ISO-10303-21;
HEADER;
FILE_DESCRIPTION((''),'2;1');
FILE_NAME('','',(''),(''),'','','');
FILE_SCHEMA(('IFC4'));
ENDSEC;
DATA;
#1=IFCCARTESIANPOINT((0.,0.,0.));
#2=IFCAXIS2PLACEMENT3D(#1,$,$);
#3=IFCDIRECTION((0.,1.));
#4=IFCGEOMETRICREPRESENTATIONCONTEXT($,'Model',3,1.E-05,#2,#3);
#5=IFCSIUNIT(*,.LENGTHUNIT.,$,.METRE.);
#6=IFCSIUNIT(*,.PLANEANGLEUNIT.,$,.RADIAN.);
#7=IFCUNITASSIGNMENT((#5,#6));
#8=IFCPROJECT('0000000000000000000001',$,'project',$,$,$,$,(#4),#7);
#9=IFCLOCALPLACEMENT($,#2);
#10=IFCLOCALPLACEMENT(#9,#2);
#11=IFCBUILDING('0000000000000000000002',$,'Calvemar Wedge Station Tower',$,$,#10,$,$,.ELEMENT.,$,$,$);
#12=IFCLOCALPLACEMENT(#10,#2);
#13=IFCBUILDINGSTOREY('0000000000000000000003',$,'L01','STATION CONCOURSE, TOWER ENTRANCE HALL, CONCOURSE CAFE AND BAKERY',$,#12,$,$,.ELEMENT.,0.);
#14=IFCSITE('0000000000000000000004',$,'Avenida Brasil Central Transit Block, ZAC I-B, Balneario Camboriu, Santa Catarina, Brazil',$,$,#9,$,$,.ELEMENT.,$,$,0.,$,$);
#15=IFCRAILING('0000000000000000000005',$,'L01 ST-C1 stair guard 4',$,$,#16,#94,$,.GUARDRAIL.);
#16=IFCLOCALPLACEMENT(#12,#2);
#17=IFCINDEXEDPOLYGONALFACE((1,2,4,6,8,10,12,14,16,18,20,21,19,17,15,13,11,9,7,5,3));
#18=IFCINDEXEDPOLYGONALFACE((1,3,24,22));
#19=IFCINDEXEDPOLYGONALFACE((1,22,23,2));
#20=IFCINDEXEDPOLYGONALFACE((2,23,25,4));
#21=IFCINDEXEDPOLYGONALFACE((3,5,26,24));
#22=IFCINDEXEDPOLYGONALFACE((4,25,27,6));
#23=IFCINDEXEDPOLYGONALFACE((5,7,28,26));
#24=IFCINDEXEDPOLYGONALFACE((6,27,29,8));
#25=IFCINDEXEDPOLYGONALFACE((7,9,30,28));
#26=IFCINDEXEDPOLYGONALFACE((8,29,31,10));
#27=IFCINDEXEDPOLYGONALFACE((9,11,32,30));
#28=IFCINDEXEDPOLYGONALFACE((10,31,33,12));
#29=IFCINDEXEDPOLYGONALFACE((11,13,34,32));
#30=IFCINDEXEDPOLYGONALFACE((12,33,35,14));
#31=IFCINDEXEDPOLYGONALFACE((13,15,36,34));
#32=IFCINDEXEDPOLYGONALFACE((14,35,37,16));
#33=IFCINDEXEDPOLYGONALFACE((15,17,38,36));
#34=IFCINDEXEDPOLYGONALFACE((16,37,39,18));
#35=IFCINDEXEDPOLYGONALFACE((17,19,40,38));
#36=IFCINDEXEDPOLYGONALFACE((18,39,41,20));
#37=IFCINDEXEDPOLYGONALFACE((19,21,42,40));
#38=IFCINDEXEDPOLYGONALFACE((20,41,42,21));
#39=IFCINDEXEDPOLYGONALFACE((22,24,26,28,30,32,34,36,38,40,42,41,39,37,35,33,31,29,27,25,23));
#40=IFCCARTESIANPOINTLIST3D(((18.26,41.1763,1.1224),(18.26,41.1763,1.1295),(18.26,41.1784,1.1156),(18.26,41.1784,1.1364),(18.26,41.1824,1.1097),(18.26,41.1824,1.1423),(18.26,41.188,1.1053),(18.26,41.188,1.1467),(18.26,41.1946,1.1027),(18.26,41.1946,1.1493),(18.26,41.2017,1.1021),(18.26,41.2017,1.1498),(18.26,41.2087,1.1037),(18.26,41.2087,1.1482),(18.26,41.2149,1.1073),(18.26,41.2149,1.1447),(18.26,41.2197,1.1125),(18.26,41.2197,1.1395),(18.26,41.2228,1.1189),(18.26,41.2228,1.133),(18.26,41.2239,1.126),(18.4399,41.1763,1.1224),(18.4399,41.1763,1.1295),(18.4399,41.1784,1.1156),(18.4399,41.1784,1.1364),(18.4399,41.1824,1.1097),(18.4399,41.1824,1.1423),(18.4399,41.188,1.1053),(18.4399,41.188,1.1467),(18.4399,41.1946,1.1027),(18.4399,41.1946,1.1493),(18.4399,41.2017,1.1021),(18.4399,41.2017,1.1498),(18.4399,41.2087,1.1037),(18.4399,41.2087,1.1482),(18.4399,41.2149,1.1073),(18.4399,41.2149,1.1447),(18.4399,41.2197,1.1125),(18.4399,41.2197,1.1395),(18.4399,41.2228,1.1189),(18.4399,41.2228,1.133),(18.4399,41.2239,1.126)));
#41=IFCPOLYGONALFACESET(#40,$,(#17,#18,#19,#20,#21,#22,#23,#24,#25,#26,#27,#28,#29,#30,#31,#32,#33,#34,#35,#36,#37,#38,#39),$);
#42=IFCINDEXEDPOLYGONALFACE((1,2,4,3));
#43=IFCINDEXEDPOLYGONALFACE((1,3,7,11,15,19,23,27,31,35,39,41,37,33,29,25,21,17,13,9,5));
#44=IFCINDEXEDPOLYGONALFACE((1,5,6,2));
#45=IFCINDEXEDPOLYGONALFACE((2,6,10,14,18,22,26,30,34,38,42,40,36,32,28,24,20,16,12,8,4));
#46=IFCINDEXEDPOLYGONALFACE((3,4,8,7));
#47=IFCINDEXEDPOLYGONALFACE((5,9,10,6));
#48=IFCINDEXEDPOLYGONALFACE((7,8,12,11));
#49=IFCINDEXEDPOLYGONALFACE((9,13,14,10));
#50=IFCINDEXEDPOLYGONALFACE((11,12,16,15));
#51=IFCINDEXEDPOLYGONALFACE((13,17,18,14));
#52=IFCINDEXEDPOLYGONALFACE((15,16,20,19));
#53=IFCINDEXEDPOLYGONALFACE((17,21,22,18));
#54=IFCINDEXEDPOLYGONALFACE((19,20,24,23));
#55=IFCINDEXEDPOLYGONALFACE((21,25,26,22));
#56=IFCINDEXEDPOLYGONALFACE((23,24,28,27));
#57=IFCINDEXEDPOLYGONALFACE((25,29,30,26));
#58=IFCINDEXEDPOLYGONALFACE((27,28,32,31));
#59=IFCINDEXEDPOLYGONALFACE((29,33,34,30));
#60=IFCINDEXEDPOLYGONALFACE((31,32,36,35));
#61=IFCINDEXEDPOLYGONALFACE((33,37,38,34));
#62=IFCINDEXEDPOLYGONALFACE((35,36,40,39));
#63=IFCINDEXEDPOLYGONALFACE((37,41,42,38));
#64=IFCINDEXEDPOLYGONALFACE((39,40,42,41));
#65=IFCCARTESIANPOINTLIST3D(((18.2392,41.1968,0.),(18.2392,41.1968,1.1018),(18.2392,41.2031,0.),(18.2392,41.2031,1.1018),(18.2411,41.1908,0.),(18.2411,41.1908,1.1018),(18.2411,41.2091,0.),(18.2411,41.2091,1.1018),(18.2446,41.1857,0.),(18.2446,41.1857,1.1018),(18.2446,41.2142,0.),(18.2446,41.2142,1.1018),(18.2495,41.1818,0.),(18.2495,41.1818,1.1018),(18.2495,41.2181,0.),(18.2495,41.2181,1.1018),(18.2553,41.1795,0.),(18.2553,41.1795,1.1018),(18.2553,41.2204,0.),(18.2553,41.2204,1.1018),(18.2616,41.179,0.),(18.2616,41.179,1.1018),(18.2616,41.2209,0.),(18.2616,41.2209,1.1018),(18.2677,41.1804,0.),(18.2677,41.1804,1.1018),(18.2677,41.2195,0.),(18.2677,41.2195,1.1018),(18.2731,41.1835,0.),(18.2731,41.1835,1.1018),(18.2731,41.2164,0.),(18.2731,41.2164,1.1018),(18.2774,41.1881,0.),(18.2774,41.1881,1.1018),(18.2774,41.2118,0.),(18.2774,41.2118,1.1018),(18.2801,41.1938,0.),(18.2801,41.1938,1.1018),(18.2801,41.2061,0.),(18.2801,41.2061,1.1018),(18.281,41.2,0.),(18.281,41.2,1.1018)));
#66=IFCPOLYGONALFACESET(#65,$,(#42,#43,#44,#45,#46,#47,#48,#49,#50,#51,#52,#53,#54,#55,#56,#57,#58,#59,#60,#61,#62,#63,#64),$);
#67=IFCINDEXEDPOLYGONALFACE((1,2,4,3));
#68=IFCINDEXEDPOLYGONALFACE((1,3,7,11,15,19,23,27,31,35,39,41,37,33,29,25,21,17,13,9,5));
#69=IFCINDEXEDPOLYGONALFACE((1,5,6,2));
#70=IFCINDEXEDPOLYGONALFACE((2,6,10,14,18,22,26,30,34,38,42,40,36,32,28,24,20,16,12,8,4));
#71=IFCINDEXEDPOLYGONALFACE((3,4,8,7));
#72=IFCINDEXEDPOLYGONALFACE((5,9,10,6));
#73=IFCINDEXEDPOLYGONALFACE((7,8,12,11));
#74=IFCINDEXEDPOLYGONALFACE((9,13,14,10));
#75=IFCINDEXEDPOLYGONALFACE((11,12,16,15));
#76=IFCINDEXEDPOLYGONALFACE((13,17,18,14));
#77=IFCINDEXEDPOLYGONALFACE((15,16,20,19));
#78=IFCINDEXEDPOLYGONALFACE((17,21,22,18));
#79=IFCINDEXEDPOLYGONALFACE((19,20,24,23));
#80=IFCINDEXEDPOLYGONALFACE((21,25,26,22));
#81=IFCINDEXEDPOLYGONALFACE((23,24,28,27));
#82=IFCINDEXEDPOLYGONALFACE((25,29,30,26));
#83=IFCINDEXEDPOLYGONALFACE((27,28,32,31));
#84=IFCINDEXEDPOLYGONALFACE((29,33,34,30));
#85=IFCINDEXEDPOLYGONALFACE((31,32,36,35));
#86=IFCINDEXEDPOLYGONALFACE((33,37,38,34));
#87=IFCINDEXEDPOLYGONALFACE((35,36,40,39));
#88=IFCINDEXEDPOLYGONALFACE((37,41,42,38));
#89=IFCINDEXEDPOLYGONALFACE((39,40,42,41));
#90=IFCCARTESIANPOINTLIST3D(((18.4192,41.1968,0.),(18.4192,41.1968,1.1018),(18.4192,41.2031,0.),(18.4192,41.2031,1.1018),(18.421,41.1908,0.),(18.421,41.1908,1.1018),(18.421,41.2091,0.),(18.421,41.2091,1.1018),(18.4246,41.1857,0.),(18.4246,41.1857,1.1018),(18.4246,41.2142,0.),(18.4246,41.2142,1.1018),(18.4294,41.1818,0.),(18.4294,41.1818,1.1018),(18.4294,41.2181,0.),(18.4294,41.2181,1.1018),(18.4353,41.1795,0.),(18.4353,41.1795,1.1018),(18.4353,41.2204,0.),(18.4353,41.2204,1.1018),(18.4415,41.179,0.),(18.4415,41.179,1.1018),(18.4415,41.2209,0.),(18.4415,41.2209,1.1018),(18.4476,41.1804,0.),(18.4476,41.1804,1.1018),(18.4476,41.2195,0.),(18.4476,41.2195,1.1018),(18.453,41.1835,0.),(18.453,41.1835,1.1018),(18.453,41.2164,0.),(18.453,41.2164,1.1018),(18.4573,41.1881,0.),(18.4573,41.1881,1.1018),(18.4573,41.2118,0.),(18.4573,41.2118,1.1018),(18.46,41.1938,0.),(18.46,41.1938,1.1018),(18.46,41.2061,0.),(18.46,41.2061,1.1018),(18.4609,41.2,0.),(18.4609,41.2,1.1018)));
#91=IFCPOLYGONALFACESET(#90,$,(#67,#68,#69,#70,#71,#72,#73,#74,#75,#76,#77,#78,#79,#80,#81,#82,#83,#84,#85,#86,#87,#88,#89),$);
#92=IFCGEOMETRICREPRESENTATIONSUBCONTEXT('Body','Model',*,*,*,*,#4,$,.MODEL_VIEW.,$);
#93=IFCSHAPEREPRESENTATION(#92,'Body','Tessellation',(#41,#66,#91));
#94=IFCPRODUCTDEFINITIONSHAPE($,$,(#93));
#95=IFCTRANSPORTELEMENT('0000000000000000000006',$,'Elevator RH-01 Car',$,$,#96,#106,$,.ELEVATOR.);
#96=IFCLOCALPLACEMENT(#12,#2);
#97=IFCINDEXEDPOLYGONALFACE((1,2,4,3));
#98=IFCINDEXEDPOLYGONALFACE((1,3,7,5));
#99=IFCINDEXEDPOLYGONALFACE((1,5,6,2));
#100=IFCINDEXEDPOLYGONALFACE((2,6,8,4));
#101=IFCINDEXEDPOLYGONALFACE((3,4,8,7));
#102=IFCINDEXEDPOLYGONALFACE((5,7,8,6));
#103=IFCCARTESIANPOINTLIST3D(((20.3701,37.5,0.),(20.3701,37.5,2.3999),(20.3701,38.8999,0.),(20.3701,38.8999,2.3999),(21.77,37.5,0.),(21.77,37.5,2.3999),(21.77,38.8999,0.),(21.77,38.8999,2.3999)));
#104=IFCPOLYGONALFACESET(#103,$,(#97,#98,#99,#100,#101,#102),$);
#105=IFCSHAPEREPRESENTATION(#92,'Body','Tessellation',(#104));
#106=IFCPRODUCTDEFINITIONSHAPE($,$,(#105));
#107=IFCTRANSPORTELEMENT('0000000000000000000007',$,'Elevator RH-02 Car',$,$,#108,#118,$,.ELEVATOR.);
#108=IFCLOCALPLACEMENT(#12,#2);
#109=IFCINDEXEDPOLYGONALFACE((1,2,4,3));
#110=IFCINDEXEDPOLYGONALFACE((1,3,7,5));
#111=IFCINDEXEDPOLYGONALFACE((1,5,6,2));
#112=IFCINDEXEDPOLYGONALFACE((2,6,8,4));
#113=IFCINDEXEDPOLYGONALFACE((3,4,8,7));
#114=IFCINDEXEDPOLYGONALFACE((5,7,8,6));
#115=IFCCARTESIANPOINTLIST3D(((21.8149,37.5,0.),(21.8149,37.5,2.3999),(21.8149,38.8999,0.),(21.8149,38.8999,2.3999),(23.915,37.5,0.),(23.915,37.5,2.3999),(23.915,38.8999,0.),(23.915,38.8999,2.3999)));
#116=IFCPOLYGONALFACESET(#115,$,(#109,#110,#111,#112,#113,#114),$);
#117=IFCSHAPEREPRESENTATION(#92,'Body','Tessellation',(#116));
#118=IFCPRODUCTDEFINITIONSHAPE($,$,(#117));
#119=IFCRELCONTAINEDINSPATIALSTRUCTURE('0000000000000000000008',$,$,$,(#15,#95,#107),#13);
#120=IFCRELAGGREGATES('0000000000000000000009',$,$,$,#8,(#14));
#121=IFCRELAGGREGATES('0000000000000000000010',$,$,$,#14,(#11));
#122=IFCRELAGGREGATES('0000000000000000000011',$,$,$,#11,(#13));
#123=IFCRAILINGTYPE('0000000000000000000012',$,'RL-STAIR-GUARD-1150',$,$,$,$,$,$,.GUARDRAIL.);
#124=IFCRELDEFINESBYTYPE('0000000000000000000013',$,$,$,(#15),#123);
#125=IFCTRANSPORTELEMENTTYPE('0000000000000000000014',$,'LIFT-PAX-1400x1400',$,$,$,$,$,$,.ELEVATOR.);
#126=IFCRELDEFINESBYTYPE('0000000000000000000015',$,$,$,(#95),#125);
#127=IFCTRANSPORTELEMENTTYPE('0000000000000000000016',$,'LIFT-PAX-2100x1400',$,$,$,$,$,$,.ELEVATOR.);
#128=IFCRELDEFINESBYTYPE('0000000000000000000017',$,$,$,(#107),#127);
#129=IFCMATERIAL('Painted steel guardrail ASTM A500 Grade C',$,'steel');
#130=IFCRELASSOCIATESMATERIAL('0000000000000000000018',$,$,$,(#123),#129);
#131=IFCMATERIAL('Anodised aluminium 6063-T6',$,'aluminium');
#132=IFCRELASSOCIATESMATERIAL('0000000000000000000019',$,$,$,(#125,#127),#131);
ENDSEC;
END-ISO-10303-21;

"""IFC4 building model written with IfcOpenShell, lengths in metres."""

from ifc_helpers import new_model, si_unit, direction, frame, origin, origin_2d, place, context, subcontext, project, spatial, rectangle, circle, extrude, source, transform, mapped, material, type_object, element, save


model = new_model("IFC4")

# Units and contexts
model_context = context("Model", 3, precision=1e-05, world=origin(), true_north=direction((0.0, 1.0)))
body_context = subcontext(model_context, "Body", "Model", "MODEL_VIEW")
ifc_project = project(units=[si_unit("LENGTHUNIT", "METRE"), si_unit("PLANEANGLEUNIT", "RADIAN")], contexts=[model_context])

# Site, building, storey
site_placement = place(None, origin())
site = spatial("IfcSite", under=ifc_project, at=site_placement, Name="Avenida Brasil Central Transit Block, ZAC I-B, Balneario Camboriu, Santa Catarina, Brazil", CompositionType="ELEMENT", RefElevation=0.0)
building_placement = place(site_placement, origin())
building = spatial("IfcBuilding", under=site, at=building_placement, Name="Calvemar Wedge Station Tower", CompositionType="ELEMENT")
storey_placement = place(building_placement, origin())
storey = spatial("IfcBuildingStorey", under=building, at=storey_placement, Name="L01", Description="STATION CONCOURSE, TOWER ENTRANCE HALL, CONCOURSE CAFE AND BAKERY", CompositionType="ELEMENT", Elevation=0.0)

# Railing
ifc_material_1 = material(Name="Painted steel guardrail ASTM A500 Grade C", Category="steel")
railing_type_1 = type_object("IfcRailingType", Name="RL-STAIR-GUARD-1150", PredefinedType="GUARDRAIL", material=ifc_material_1)
railing_1_placement = place(storey_placement, frame((18.26, 41.2, 0.0)))
element("IfcRailing", 1, at=railing_1_placement, inside=storey, type_object=railing_type_1, Name="L01 ST-C1 stair guard 4", PredefinedType="GUARDRAIL", context=body_context, shape_type="SweptSolid", body=[
    extrude(circle(Radius=0.0239, at=origin_2d()), frame((0.0, 0.0, 1.126), z_axis=(1.0, 0.0, 0.0), x_axis=(0.0, 1.0, 0.0)), (0.0, 0.0, 1.0), 0.1799),
    extrude(circle(Radius=0.021, at=origin_2d()), origin(), (0.0, 0.0, 1.0), 1.1018),
    extrude(circle(Radius=0.021, at=origin_2d()), frame((0.1799, 0.0, 0.0)), (0.0, 0.0, 1.0), 1.1018),
])

# Transport elements
ifc_material_2 = material(Name="Anodised aluminium 6063-T6", Category="aluminium")
transport_element_type_1 = type_object("IfcTransportElementType", Name="LIFT-PAX-1400x1400", PredefinedType="ELEVATOR", material=ifc_material_2)
shared_shape_1 = source(origin(), body_context, "Body", "SweptSolid", [
    extrude(rectangle(XDim=1.3999, YDim=1.3999, at=origin_2d()), origin(), (0.0, 0.0, 1.0), 2.3999),
])
transport_element_1_placement = place(storey_placement, frame((21.0701, 38.2, 0.0), z_axis=(0.0, 0.0, 1.0), x_axis=(1.0, 0.0, 0.0)))
element("IfcTransportElement", 2, at=transport_element_1_placement, inside=storey, type_object=transport_element_type_1, Name="Elevator RH-01 Car", PredefinedType="ELEVATOR", context=body_context, shape_type="MappedRepresentation", body=[
    mapped(shared_shape_1, transform((0.0, 0.0, 0.0), scale=1.0)),
])
transport_element_type_2 = type_object("IfcTransportElementType", Name="LIFT-PAX-2100x1400", PredefinedType="ELEVATOR", material=ifc_material_2)
shared_shape_2 = source(origin(), body_context, "Body", "SweptSolid", [
    extrude(rectangle(XDim=2.1001, YDim=1.3999, at=origin_2d()), origin(), (0.0, 0.0, 1.0), 2.3999),
])
transport_element_2_placement = place(storey_placement, frame((22.865, 38.2, 0.0), z_axis=(0.0, 0.0, 1.0), x_axis=(1.0, 0.0, 0.0)))
element("IfcTransportElement", 3, at=transport_element_2_placement, inside=storey, type_object=transport_element_type_2, Name="Elevator RH-02 Car", PredefinedType="ELEVATOR", context=body_context, shape_type="MappedRepresentation", body=[
    mapped(shared_shape_2, transform((0.0, 0.0, 0.0), scale=1.0)),
])

save(model, "model.ifc")
